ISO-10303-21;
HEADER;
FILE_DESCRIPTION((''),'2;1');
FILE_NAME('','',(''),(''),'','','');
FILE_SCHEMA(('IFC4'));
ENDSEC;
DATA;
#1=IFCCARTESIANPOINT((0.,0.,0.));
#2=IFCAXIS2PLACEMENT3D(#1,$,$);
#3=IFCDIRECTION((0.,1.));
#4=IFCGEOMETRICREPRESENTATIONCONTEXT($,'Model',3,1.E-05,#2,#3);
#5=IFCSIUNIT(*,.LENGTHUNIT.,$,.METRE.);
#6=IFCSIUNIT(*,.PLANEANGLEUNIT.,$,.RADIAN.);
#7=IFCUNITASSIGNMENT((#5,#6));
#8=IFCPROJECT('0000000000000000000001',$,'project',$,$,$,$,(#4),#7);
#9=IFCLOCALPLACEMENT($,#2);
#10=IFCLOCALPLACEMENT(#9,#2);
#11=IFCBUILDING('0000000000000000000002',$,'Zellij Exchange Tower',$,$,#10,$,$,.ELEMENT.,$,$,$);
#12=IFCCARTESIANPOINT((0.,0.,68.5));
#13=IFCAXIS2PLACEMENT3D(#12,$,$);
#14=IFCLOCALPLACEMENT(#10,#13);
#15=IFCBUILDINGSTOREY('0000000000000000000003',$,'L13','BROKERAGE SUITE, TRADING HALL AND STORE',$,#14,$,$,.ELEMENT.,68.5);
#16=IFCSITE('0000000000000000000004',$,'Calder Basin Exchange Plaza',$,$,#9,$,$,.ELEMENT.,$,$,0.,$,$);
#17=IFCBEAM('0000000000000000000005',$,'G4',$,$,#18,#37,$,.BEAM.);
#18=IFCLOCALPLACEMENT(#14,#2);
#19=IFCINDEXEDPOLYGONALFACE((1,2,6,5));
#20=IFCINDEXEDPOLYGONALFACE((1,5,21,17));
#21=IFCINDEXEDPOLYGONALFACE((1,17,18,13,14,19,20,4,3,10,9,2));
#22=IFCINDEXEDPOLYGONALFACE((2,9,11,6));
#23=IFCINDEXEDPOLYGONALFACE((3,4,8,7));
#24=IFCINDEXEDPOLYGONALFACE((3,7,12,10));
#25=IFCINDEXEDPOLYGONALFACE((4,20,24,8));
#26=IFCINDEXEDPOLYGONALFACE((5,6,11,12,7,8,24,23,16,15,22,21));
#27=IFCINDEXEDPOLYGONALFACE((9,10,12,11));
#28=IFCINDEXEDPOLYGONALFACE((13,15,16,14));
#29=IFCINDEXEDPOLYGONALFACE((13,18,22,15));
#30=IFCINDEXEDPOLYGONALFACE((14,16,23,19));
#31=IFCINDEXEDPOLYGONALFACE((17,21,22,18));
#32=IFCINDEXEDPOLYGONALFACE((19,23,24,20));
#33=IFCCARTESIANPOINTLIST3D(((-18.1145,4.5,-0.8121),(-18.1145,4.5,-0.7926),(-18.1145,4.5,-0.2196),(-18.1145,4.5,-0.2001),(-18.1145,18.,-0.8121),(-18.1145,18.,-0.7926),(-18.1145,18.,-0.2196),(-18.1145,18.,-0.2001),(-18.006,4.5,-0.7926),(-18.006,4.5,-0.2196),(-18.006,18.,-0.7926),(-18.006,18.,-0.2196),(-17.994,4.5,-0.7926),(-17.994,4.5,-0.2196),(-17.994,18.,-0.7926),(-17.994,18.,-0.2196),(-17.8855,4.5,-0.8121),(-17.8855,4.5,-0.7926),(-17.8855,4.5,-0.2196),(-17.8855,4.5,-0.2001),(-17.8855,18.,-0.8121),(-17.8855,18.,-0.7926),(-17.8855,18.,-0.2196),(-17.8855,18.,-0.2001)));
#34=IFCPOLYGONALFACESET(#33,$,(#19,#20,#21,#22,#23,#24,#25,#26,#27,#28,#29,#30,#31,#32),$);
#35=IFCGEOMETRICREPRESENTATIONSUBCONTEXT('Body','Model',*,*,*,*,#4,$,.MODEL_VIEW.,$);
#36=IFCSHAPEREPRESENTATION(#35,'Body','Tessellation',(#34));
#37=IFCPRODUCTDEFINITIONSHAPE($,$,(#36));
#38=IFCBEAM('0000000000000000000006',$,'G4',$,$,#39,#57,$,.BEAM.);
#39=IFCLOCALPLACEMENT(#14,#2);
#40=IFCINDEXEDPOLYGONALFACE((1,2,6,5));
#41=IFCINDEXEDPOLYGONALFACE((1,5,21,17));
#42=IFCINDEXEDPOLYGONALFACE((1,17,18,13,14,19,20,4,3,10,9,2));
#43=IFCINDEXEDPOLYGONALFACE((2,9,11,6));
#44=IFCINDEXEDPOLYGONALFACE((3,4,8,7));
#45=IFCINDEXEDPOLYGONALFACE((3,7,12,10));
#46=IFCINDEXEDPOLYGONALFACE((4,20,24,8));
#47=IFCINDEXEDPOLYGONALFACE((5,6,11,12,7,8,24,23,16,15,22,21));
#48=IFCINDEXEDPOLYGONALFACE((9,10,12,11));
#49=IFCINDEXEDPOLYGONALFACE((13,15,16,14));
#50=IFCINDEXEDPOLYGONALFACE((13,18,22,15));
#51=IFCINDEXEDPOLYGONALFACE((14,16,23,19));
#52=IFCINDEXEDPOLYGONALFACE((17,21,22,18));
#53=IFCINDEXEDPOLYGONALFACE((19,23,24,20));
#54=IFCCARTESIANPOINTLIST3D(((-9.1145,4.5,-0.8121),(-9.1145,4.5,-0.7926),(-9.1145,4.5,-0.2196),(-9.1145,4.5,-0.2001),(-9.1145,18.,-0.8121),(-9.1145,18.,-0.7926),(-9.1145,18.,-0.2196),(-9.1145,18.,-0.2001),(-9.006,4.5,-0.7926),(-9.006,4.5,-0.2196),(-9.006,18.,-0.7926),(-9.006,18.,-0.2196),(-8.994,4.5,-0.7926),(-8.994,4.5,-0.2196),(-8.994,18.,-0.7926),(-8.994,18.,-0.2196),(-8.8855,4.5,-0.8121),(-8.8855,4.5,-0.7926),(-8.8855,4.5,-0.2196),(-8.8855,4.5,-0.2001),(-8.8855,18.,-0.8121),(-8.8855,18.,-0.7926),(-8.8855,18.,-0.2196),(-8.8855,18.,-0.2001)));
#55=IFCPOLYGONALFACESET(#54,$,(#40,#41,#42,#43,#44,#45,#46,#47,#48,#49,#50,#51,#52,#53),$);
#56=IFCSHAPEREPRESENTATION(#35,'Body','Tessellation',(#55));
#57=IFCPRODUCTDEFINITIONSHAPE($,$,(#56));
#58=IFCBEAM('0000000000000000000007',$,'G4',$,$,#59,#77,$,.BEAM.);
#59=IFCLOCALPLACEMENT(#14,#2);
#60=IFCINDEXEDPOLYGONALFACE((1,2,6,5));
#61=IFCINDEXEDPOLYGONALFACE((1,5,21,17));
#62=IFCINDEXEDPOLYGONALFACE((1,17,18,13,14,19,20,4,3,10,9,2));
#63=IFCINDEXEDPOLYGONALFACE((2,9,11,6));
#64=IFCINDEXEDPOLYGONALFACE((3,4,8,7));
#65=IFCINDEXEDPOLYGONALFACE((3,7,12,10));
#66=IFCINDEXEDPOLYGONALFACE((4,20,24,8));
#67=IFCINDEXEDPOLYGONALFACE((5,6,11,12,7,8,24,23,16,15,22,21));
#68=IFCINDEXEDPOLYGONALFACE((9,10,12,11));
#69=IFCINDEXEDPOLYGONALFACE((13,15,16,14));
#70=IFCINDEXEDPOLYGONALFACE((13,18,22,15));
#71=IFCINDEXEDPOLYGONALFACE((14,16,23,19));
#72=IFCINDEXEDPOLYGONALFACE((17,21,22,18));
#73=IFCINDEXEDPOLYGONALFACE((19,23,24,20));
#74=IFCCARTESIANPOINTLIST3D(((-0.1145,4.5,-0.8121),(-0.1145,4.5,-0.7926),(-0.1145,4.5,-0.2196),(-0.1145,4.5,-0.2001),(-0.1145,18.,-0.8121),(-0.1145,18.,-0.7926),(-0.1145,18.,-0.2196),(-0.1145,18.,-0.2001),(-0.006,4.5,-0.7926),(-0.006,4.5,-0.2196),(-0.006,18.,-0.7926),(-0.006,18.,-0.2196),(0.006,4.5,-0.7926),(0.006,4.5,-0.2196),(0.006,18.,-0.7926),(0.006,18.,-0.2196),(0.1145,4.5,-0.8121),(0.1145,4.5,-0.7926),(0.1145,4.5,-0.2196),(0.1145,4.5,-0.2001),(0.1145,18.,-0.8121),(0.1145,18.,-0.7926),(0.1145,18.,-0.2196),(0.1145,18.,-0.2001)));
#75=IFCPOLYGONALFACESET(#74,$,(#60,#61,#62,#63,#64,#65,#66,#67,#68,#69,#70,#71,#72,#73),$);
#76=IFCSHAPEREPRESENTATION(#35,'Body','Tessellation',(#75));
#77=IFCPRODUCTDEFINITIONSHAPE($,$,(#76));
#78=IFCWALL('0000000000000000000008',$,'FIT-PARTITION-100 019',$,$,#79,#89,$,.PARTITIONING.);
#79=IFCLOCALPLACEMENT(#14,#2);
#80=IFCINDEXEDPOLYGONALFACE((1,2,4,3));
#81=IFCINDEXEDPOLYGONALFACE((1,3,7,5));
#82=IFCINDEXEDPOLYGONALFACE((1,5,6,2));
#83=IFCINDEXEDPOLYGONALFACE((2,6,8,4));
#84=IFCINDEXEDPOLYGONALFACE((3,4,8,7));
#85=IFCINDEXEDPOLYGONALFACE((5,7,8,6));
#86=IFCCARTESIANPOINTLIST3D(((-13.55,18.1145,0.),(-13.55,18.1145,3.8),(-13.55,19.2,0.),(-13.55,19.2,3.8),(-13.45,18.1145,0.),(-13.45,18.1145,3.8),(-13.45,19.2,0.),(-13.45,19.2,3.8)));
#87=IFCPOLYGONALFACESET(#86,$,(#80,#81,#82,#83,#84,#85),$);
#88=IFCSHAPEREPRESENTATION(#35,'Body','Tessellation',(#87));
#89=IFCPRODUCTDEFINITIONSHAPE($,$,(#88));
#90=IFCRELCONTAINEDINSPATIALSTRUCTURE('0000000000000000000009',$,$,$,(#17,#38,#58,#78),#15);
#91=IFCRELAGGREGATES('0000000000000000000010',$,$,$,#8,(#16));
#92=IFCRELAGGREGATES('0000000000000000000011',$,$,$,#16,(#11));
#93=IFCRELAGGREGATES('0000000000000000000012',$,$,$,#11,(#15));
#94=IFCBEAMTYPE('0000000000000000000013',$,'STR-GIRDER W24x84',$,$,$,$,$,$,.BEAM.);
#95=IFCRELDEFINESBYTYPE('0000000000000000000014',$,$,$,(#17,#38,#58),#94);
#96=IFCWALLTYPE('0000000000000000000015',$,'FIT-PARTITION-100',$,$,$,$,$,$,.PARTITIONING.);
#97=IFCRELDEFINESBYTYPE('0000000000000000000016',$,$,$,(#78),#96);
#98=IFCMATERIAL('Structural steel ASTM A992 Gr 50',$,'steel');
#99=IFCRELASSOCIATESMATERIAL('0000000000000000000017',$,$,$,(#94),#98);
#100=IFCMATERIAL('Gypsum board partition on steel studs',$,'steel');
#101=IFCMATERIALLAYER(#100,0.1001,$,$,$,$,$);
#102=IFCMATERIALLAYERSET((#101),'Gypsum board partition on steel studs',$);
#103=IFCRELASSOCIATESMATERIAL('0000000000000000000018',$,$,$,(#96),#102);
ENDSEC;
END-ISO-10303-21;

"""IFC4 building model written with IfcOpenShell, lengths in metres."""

from ifc_helpers import new_model, si_unit, direction, frame, frame_2d, origin, origin_2d, place, context, subcontext, project, spatial, rectangle, i_section, extrude, material, layer, layer_set, material_profile, profile_set, type_object, element, save


model = new_model("IFC4")

# Units and contexts
model_context = context("Model", 3, precision=1e-05, world=origin(), true_north=direction((0.0, 1.0)))
body_context = subcontext(model_context, "Body", "Model", "MODEL_VIEW")
ifc_project = project(units=[si_unit("LENGTHUNIT", "METRE"), si_unit("PLANEANGLEUNIT", "RADIAN")], contexts=[model_context])

# Site, building, storey
site_placement = place(None, origin())
site = spatial("IfcSite", under=ifc_project, at=site_placement, Name="Calder Basin Exchange Plaza", CompositionType="ELEMENT", RefElevation=0.0)
building_placement = place(site_placement, origin())
building = spatial("IfcBuilding", under=site, at=building_placement, Name="Zellij Exchange Tower", CompositionType="ELEMENT")
storey_placement = place(building_placement, frame((0.0, 0.0, 68.5)))
storey = spatial("IfcBuildingStorey", under=building, at=storey_placement, Name="L13", Description="BROKERAGE SUITE, TRADING HALL AND STORE", CompositionType="ELEMENT", Elevation=68.5)

# Beams
ifc_material_1 = material(Name="Structural steel ASTM A992 Gr 50", Category="steel")
ifc_material_profile_1 = material_profile(ifc_material_1, i_section(OverallWidth=0.229, OverallDepth=0.6121, WebThickness=0.012, FlangeThickness=0.0195, at=origin_2d()), Name="W24x84")
ifc_profile_set_1 = profile_set([ifc_material_profile_1], Name="Structural steel ASTM A992 Gr 50")
beam_type = type_object("IfcBeamType", Name="STR-GIRDER W24x84", PredefinedType="BEAM", material=ifc_profile_set_1)
for number, where, z_axis, x_axis, name in (
    (1, (-18.0, 4.5, -0.5061), (0.0, 1.0, 0.0), (-1.0, 0.0, 0.0), "G4"),
    (2, (-9.0, 4.5, -0.5061), (0.0, 1.0, 0.0), (-1.0, 0.0, 0.0), "G4"),
    (3, (0.0, 4.5, -0.5061), (0.0, 1.0, 0.0), (-1.0, 0.0, 0.0), "G4"),
):
    element("IfcBeam", number, at=place(storey_placement, frame(where, z_axis=z_axis, x_axis=x_axis)), inside=storey, type_object=beam_type, Name=name, PredefinedType="BEAM", context=body_context, shape_type="SweptSolid", body=[
        extrude(i_section(OverallWidth=0.229, OverallDepth=0.6121, WebThickness=0.012, FlangeThickness=0.0195, at=origin_2d()), origin(), (0.0, 0.0, 1.0), 13.5),
    ])

# Wall
ifc_material_2 = material(Name="Gypsum board partition on steel studs", Category="steel")
ifc_layer_1 = layer(ifc_material_2, 0.1001)
ifc_layer_set_1 = layer_set([ifc_layer_1], Name="Gypsum board partition on steel studs")
wall_type = type_object("IfcWallType", Name="FIT-PARTITION-100", PredefinedType="PARTITIONING", material=ifc_layer_set_1)
wall_placement = place(storey_placement, frame((-13.5, 18.1145, 0.0), z_axis=(0.0, 0.0, 1.0), x_axis=(0.0, 1.0, 0.0)))
element("IfcWall", 4, at=wall_placement, inside=storey, type_object=wall_type, Name="FIT-PARTITION-100 019", PredefinedType="PARTITIONING", context=body_context, shape_type="SweptSolid", body=[
    extrude(rectangle(XDim=1.0854, YDim=0.1001, at=frame_2d((0.5427, 0.0))), origin(), (0.0, 0.0, 1.0), 3.8),
])

save(model, "model.ifc")
